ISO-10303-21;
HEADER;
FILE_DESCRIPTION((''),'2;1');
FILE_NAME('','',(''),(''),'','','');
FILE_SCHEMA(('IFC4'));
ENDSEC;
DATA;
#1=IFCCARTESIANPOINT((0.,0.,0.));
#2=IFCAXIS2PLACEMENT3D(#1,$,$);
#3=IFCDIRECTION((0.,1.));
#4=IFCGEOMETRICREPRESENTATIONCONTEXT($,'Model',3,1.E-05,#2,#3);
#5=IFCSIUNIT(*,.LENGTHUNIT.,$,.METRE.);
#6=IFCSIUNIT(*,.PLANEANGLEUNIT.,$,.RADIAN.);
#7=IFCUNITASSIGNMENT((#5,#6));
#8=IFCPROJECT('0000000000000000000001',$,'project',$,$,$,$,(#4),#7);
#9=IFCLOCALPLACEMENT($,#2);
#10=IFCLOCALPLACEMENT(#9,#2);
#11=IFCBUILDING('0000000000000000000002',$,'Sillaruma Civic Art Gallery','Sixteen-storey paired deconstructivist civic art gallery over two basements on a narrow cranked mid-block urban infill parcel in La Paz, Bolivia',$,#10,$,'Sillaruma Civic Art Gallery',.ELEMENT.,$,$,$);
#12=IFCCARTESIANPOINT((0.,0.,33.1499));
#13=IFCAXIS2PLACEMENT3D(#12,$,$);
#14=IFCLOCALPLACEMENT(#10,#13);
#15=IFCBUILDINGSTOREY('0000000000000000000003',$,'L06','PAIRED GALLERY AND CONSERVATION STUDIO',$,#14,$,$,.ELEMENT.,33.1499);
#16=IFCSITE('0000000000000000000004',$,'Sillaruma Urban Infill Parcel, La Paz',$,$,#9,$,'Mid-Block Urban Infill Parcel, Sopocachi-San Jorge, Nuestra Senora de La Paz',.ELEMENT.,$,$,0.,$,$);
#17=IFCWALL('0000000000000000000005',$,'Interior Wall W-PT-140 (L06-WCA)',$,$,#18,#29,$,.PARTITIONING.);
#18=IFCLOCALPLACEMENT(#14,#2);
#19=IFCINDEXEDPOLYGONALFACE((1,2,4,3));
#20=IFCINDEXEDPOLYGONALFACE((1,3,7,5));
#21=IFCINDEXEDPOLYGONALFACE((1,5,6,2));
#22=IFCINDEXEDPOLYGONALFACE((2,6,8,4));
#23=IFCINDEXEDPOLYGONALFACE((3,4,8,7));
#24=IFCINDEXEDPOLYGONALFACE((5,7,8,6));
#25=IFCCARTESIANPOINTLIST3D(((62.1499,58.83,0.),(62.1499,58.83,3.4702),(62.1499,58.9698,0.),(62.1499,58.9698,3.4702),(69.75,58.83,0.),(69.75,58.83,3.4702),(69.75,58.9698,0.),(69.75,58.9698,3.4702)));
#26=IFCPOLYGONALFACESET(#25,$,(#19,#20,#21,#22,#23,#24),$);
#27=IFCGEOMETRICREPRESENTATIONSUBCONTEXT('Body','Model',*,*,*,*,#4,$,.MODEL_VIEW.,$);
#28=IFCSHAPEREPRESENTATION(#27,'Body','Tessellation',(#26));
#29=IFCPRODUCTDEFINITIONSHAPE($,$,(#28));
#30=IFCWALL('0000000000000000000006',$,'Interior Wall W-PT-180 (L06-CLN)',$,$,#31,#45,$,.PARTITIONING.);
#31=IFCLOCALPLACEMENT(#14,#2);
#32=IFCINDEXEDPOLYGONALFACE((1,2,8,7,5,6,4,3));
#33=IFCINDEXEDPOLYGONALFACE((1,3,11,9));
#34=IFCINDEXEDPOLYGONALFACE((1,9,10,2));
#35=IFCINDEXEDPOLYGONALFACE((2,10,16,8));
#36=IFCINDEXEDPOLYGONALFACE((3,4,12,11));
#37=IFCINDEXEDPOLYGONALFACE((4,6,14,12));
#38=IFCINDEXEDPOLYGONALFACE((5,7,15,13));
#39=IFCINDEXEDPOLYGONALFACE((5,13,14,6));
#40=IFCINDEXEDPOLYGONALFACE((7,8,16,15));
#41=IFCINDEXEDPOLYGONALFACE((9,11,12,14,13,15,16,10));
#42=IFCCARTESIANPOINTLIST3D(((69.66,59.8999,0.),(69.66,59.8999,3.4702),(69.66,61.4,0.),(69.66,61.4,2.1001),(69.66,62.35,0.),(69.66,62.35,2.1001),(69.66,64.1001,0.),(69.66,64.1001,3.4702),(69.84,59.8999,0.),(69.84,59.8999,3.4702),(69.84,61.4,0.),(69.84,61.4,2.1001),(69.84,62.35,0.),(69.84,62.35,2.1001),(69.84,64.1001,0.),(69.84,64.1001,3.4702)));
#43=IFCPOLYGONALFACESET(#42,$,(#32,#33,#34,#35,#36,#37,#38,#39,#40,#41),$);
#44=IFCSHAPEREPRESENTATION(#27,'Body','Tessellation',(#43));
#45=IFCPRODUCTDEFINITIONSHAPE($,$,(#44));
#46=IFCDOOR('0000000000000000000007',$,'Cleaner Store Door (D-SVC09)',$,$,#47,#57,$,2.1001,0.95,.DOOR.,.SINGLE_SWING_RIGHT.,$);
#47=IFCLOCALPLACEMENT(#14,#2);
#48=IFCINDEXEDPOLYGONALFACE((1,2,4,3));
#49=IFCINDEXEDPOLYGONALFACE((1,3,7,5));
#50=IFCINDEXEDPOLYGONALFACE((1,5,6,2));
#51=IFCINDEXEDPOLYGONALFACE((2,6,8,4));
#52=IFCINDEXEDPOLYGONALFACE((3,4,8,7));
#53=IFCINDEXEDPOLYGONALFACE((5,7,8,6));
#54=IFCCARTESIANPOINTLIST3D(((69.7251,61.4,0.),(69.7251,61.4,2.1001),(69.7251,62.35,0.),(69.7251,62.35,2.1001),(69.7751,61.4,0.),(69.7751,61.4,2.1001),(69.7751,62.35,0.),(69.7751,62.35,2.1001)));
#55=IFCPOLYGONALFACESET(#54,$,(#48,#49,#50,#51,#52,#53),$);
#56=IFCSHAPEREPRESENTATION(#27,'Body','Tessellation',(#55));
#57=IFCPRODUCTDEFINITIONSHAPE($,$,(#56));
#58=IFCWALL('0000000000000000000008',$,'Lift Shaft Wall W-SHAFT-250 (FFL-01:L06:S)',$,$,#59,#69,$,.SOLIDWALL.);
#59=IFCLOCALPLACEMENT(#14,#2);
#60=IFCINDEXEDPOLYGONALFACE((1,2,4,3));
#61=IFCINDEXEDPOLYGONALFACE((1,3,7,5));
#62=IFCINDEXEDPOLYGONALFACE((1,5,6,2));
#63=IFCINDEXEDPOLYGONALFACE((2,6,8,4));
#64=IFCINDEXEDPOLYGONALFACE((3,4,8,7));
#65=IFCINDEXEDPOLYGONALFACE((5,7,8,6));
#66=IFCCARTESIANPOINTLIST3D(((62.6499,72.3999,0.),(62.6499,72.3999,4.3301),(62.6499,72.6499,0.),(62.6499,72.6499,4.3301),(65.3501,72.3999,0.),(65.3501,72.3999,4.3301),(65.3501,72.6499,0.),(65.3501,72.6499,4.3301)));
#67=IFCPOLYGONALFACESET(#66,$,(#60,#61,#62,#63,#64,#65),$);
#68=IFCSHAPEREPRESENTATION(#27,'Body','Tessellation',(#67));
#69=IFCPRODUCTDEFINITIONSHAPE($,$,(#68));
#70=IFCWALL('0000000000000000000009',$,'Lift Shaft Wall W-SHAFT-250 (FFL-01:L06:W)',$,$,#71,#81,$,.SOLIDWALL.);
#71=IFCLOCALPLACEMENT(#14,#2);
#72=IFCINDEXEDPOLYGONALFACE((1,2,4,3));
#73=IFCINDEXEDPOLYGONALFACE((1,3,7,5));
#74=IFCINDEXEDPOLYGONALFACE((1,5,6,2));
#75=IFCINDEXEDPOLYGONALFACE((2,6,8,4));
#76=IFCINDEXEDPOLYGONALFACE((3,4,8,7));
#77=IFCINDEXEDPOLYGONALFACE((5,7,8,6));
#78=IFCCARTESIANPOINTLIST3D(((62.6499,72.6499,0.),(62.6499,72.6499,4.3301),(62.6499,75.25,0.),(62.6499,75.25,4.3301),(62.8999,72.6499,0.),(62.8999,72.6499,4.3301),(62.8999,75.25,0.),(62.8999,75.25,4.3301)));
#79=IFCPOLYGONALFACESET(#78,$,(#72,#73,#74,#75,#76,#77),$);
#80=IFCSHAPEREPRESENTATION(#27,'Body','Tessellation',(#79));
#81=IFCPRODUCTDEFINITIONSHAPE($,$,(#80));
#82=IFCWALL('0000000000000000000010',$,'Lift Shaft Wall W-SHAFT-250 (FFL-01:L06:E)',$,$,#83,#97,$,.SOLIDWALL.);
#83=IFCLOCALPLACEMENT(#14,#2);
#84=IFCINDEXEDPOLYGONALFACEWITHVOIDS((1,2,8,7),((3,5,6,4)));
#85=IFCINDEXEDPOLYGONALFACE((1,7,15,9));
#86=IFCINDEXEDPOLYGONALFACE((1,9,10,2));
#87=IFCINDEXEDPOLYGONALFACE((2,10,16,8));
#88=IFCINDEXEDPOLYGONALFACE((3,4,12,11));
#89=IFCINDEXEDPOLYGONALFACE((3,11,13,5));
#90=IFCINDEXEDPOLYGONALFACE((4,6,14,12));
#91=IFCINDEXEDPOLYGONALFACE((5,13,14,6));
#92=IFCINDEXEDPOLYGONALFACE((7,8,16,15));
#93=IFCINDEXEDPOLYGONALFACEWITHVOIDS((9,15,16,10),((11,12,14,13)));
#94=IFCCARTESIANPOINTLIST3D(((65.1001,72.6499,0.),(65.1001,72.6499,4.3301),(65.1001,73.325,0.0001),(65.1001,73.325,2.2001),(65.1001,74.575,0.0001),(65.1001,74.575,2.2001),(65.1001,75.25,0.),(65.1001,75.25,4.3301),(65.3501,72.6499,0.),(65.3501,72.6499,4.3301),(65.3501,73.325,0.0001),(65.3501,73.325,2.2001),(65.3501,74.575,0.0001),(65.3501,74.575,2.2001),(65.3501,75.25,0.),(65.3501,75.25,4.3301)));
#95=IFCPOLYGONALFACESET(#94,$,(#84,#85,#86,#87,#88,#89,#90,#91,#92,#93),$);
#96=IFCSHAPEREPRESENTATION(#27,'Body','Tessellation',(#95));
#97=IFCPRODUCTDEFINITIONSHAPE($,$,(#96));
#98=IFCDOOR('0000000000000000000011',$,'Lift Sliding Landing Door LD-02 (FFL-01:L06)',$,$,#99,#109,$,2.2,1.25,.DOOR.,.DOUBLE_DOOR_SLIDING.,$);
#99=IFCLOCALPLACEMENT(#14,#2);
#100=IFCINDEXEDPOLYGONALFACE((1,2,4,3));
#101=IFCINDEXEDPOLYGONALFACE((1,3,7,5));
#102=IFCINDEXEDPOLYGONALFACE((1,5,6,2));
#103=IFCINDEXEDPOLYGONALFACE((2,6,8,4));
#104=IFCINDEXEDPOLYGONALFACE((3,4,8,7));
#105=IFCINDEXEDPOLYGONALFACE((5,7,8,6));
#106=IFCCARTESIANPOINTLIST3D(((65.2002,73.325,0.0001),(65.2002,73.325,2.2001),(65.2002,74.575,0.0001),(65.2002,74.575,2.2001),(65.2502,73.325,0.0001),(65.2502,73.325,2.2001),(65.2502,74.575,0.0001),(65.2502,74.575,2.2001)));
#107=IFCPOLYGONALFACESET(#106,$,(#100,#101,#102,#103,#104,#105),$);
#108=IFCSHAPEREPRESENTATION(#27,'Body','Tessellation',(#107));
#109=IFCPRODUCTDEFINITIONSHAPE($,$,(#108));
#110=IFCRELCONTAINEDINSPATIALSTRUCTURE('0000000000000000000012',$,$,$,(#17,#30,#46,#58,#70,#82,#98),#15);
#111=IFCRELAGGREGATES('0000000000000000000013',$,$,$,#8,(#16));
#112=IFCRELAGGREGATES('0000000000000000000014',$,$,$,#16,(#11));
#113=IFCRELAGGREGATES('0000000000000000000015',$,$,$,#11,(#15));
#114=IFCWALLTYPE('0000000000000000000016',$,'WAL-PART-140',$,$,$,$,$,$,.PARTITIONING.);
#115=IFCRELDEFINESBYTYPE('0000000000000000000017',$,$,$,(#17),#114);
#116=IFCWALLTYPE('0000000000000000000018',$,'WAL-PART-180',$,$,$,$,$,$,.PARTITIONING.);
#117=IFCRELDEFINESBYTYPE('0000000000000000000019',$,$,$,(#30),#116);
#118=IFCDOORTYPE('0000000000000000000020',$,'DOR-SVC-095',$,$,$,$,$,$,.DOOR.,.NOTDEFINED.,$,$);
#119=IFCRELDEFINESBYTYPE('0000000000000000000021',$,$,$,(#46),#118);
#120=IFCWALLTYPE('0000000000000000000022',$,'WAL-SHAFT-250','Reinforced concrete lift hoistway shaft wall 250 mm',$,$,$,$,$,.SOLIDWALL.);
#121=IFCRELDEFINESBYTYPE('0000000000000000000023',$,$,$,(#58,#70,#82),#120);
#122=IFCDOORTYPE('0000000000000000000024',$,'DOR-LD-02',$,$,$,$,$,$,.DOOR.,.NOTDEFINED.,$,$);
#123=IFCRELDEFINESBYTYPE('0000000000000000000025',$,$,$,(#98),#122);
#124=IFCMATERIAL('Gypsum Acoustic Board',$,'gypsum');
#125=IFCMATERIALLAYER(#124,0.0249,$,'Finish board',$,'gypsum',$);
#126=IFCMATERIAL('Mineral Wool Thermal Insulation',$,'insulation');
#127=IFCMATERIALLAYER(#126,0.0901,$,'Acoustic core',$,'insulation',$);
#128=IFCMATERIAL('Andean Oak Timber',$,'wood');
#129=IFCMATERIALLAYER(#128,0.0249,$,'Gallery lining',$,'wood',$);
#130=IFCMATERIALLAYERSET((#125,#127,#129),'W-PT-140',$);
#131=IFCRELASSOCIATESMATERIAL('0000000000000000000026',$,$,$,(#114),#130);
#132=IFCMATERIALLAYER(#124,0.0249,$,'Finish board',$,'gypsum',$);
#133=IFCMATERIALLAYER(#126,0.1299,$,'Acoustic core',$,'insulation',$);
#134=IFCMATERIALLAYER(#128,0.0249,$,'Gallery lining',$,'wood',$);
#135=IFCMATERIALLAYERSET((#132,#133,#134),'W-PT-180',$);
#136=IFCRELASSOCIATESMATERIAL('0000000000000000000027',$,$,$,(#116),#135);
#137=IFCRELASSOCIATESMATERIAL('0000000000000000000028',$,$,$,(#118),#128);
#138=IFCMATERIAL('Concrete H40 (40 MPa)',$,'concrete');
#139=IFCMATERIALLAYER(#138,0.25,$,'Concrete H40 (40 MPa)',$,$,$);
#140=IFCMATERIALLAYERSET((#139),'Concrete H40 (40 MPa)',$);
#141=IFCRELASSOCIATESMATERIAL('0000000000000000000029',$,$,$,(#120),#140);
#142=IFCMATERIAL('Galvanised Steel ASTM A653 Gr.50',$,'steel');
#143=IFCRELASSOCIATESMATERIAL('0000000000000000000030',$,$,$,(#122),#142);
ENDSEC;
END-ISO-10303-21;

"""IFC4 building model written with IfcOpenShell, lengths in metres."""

from ifc_helpers import new_model, si_unit, direction, frame, frame_2d, origin, place, context, subcontext, project, spatial, rectangle, extrude, material, layer, layer_set, type_object, element, fill, save


model = new_model("IFC4")

# Units and contexts
model_context = context("Model", 3, precision=1e-05, world=origin(), true_north=direction((0.0, 1.0)))
body_context = subcontext(model_context, "Body", "Model", "MODEL_VIEW")
ifc_project = project(units=[si_unit("LENGTHUNIT", "METRE"), si_unit("PLANEANGLEUNIT", "RADIAN")], contexts=[model_context])

# Site, building, storey
site_placement = place(None, origin())
site = spatial("IfcSite", under=ifc_project, at=site_placement, Name="Sillaruma Urban Infill Parcel, La Paz", LongName="Mid-Block Urban Infill Parcel, Sopocachi-San Jorge, Nuestra Senora de La Paz", CompositionType="ELEMENT", RefElevation=0.0)
building_placement = place(site_placement, origin())
building = spatial("IfcBuilding", under=site, at=building_placement, Name="Sillaruma Civic Art Gallery", Description="Sixteen-storey paired deconstructivist civic art gallery over two basements on a narrow cranked mid-block urban infill parcel in La Paz, Bolivia", LongName="Sillaruma Civic Art Gallery", CompositionType="ELEMENT")
storey_placement = place(building_placement, frame((0.0, 0.0, 33.1499)))
storey = spatial("IfcBuildingStorey", under=building, at=storey_placement, Name="L06", Description="PAIRED GALLERY AND CONSERVATION STUDIO", CompositionType="ELEMENT", Elevation=33.1499)

# Shared definitions
ifc_material_1 = material(Name="Concrete H40 (40 MPa)", Category="concrete")

# Shared definitions
ifc_material_2 = material(Name="Galvanised Steel ASTM A653 Gr.50", Category="steel")

# Wall
ifc_material_3 = material(Name="Gypsum Acoustic Board", Category="gypsum")
ifc_material_4 = material(Name="Mineral Wool Thermal Insulation", Category="insulation")
ifc_material_5 = material(Name="Andean Oak Timber", Category="wood")
ifc_layer_1 = layer(ifc_material_3, 0.0249, Name="Finish board", Category="gypsum")
ifc_layer_2 = layer(ifc_material_4, 0.0901, Name="Acoustic core", Category="insulation")
ifc_layer_3 = layer(ifc_material_5, 0.0249, Name="Gallery lining", Category="wood")
ifc_layer_set_1 = layer_set([ifc_layer_1, ifc_layer_2, ifc_layer_3], Name="W-PT-140")
wall_type_1 = type_object("IfcWallType", Name="WAL-PART-140", PredefinedType="PARTITIONING", material=ifc_layer_set_1)
wall_1_placement = place(storey_placement, frame((62.1499, 58.8999, 0.0), z_axis=(0.0, 0.0, 1.0), x_axis=(1.0, 0.0, 0.0)))
element("IfcWall", 1, at=wall_1_placement, inside=storey, type_object=wall_type_1, Name="Interior Wall W-PT-140 (L06-WCA)", PredefinedType="PARTITIONING", context=body_context, shape_type="SweptSolid", body=[
    extrude(rectangle(XDim=7.6001, YDim=0.1399, at=frame_2d((3.8, 0.0))), origin(), (0.0, 0.0, 1.0), 3.4702),
])

# Wall, opening, door
ifc_layer_4 = layer(ifc_material_3, 0.0249, Name="Finish board", Category="gypsum")
ifc_layer_5 = layer(ifc_material_4, 0.1299, Name="Acoustic core", Category="insulation")
ifc_layer_6 = layer(ifc_material_5, 0.0249, Name="Gallery lining", Category="wood")
ifc_layer_set_2 = layer_set([ifc_layer_4, ifc_layer_5, ifc_layer_6], Name="W-PT-180")
wall_type_2 = type_object("IfcWallType", Name="WAL-PART-180", PredefinedType="PARTITIONING", material=ifc_layer_set_2)
wall_2_placement = place(storey_placement, frame((69.75, 59.8999, 0.0), z_axis=(0.0, 0.0, 1.0), x_axis=(0.0, 1.0, 0.0)))
wall_2 = element("IfcWall", 2, at=wall_2_placement, inside=storey, type_object=wall_type_2, Name="Interior Wall W-PT-180 (L06-CLN)", PredefinedType="PARTITIONING", context=body_context, shape_type="SweptSolid", body=[
    extrude(rectangle(XDim=4.2002, YDim=0.1799, at=frame_2d((2.1001, 0.0))), origin(), (0.0, 0.0, 1.0), 3.4702),
])
opening_1_placement = place(wall_2_placement, frame((1.5, 0.0, 0.0)))
opening_1 = element("IfcOpeningElement", 3, at=opening_1_placement, cuts=wall_2, PredefinedType="OPENING", context=body_context, shape_type="SweptSolid", body=[
    extrude(rectangle(XDim=0.95, YDim=2.1001, at=frame_2d((0.4751, 1.05))), frame((0.0, 0.0999, 0.0), z_axis=(0.0, -1.0, 0.0), x_axis=(1.0, 0.0, 0.0)), (0.0, 0.0, 1.0), 0.2),
])
door_type_1 = type_object("IfcDoorType", Name="DOR-SVC-095", OperationType="NOTDEFINED", PredefinedType="DOOR", material=ifc_material_5)
door_1_placement = place(opening_1_placement, origin())
door_1 = element("IfcDoor", 4, at=door_1_placement, inside=storey, type_object=door_type_1, Name="Cleaner Store Door (D-SVC09)", OperationType="SINGLE_SWING_RIGHT", OverallHeight=2.1001, OverallWidth=0.95, PredefinedType="DOOR", context=body_context, shape_type="SweptSolid", body=[
    extrude(rectangle(XDim=0.95, YDim=2.1001, at=frame_2d((0.4751, 1.05))), frame((0.0, 0.0249, 0.0), z_axis=(0.0, -1.0, 0.0), x_axis=(1.0, 0.0, 0.0)), (0.0, 0.0, 1.0), 0.05),
])
fill(opening_1, door_1)

# Walls
ifc_layer_7 = layer(ifc_material_1, 0.25, Name="Concrete H40 (40 MPa)")
ifc_layer_set_3 = layer_set([ifc_layer_7], Name="Concrete H40 (40 MPa)")
wall_type_3 = type_object("IfcWallType", Name="WAL-SHAFT-250", Description="Reinforced concrete lift hoistway shaft wall 250 mm", PredefinedType="SOLIDWALL", material=ifc_layer_set_3)
wall_3_placement = place(storey_placement, frame((62.6499, 72.5249, 0.0), z_axis=(0.0, 0.0, 1.0), x_axis=(1.0, 0.0, 0.0)))
element("IfcWall", 5, at=wall_3_placement, inside=storey, type_object=wall_type_3, Name="Lift Shaft Wall W-SHAFT-250 (FFL-01:L06:S)", PredefinedType="SOLIDWALL", context=body_context, shape_type="SweptSolid", body=[
    extrude(rectangle(XDim=2.7002, YDim=0.25, at=frame_2d((1.3501, 0.0))), origin(), (0.0, 0.0, 1.0), 4.3301),
])
wall_4_placement = place(storey_placement, frame((62.7749, 72.6499, 0.0), z_axis=(0.0, 0.0, 1.0), x_axis=(0.0, 1.0, 0.0)))
element("IfcWall", 6, at=wall_4_placement, inside=storey, type_object=wall_type_3, Name="Lift Shaft Wall W-SHAFT-250 (FFL-01:L06:W)", PredefinedType="SOLIDWALL", context=body_context, shape_type="SweptSolid", body=[
    extrude(rectangle(XDim=2.6001, YDim=0.25, at=frame_2d((1.3, 0.0))), origin(), (0.0, 0.0, 1.0), 4.3301),
])

# Wall, opening, door
wall_5_placement = place(storey_placement, frame((65.2251, 72.6499, 0.0), z_axis=(0.0, 0.0, 1.0), x_axis=(0.0, 1.0, 0.0)))
wall_5 = element("IfcWall", 7, at=wall_5_placement, inside=storey, type_object=wall_type_3, Name="Lift Shaft Wall W-SHAFT-250 (FFL-01:L06:E)", PredefinedType="SOLIDWALL", context=body_context, shape_type="SweptSolid", body=[
    extrude(rectangle(XDim=2.6001, YDim=0.25, at=frame_2d((1.3, 0.0))), origin(), (0.0, 0.0, 1.0), 4.3301),
])
opening_2_placement = place(wall_5_placement, frame((0.675, 0.0, 0.0)))
opening_2 = element("IfcOpeningElement", 8, at=opening_2_placement, cuts=wall_5, PredefinedType="OPENING", context=body_context, shape_type="SweptSolid", body=[
    extrude(rectangle(XDim=1.25, YDim=2.2, at=frame_2d((0.625, 1.1001))), frame((0.0, 0.135, 0.0), z_axis=(0.0, -1.0, 0.0), x_axis=(1.0, 0.0, 0.0)), (0.0, 0.0, 1.0), 0.27),
])
door_type_2 = type_object("IfcDoorType", Name="DOR-LD-02", OperationType="NOTDEFINED", PredefinedType="DOOR", material=ifc_material_2)
door_2_placement = place(opening_2_placement, origin())
door_2 = element("IfcDoor", 9, at=door_2_placement, inside=storey, type_object=door_type_2, Name="Lift Sliding Landing Door LD-02 (FFL-01:L06)", OperationType="DOUBLE_DOOR_SLIDING", OverallHeight=2.2, OverallWidth=1.25, PredefinedType="DOOR", context=body_context, shape_type="SweptSolid", body=[
    extrude(rectangle(XDim=1.25, YDim=2.2, at=frame_2d((0.625, 1.1001))), frame((0.0, 0.0249, 0.0), z_axis=(0.0, -1.0, 0.0), x_axis=(1.0, 0.0, 0.0)), (0.0, 0.0, 1.0), 0.05),
])
fill(opening_2, door_2)

save(model, "model.ifc")
